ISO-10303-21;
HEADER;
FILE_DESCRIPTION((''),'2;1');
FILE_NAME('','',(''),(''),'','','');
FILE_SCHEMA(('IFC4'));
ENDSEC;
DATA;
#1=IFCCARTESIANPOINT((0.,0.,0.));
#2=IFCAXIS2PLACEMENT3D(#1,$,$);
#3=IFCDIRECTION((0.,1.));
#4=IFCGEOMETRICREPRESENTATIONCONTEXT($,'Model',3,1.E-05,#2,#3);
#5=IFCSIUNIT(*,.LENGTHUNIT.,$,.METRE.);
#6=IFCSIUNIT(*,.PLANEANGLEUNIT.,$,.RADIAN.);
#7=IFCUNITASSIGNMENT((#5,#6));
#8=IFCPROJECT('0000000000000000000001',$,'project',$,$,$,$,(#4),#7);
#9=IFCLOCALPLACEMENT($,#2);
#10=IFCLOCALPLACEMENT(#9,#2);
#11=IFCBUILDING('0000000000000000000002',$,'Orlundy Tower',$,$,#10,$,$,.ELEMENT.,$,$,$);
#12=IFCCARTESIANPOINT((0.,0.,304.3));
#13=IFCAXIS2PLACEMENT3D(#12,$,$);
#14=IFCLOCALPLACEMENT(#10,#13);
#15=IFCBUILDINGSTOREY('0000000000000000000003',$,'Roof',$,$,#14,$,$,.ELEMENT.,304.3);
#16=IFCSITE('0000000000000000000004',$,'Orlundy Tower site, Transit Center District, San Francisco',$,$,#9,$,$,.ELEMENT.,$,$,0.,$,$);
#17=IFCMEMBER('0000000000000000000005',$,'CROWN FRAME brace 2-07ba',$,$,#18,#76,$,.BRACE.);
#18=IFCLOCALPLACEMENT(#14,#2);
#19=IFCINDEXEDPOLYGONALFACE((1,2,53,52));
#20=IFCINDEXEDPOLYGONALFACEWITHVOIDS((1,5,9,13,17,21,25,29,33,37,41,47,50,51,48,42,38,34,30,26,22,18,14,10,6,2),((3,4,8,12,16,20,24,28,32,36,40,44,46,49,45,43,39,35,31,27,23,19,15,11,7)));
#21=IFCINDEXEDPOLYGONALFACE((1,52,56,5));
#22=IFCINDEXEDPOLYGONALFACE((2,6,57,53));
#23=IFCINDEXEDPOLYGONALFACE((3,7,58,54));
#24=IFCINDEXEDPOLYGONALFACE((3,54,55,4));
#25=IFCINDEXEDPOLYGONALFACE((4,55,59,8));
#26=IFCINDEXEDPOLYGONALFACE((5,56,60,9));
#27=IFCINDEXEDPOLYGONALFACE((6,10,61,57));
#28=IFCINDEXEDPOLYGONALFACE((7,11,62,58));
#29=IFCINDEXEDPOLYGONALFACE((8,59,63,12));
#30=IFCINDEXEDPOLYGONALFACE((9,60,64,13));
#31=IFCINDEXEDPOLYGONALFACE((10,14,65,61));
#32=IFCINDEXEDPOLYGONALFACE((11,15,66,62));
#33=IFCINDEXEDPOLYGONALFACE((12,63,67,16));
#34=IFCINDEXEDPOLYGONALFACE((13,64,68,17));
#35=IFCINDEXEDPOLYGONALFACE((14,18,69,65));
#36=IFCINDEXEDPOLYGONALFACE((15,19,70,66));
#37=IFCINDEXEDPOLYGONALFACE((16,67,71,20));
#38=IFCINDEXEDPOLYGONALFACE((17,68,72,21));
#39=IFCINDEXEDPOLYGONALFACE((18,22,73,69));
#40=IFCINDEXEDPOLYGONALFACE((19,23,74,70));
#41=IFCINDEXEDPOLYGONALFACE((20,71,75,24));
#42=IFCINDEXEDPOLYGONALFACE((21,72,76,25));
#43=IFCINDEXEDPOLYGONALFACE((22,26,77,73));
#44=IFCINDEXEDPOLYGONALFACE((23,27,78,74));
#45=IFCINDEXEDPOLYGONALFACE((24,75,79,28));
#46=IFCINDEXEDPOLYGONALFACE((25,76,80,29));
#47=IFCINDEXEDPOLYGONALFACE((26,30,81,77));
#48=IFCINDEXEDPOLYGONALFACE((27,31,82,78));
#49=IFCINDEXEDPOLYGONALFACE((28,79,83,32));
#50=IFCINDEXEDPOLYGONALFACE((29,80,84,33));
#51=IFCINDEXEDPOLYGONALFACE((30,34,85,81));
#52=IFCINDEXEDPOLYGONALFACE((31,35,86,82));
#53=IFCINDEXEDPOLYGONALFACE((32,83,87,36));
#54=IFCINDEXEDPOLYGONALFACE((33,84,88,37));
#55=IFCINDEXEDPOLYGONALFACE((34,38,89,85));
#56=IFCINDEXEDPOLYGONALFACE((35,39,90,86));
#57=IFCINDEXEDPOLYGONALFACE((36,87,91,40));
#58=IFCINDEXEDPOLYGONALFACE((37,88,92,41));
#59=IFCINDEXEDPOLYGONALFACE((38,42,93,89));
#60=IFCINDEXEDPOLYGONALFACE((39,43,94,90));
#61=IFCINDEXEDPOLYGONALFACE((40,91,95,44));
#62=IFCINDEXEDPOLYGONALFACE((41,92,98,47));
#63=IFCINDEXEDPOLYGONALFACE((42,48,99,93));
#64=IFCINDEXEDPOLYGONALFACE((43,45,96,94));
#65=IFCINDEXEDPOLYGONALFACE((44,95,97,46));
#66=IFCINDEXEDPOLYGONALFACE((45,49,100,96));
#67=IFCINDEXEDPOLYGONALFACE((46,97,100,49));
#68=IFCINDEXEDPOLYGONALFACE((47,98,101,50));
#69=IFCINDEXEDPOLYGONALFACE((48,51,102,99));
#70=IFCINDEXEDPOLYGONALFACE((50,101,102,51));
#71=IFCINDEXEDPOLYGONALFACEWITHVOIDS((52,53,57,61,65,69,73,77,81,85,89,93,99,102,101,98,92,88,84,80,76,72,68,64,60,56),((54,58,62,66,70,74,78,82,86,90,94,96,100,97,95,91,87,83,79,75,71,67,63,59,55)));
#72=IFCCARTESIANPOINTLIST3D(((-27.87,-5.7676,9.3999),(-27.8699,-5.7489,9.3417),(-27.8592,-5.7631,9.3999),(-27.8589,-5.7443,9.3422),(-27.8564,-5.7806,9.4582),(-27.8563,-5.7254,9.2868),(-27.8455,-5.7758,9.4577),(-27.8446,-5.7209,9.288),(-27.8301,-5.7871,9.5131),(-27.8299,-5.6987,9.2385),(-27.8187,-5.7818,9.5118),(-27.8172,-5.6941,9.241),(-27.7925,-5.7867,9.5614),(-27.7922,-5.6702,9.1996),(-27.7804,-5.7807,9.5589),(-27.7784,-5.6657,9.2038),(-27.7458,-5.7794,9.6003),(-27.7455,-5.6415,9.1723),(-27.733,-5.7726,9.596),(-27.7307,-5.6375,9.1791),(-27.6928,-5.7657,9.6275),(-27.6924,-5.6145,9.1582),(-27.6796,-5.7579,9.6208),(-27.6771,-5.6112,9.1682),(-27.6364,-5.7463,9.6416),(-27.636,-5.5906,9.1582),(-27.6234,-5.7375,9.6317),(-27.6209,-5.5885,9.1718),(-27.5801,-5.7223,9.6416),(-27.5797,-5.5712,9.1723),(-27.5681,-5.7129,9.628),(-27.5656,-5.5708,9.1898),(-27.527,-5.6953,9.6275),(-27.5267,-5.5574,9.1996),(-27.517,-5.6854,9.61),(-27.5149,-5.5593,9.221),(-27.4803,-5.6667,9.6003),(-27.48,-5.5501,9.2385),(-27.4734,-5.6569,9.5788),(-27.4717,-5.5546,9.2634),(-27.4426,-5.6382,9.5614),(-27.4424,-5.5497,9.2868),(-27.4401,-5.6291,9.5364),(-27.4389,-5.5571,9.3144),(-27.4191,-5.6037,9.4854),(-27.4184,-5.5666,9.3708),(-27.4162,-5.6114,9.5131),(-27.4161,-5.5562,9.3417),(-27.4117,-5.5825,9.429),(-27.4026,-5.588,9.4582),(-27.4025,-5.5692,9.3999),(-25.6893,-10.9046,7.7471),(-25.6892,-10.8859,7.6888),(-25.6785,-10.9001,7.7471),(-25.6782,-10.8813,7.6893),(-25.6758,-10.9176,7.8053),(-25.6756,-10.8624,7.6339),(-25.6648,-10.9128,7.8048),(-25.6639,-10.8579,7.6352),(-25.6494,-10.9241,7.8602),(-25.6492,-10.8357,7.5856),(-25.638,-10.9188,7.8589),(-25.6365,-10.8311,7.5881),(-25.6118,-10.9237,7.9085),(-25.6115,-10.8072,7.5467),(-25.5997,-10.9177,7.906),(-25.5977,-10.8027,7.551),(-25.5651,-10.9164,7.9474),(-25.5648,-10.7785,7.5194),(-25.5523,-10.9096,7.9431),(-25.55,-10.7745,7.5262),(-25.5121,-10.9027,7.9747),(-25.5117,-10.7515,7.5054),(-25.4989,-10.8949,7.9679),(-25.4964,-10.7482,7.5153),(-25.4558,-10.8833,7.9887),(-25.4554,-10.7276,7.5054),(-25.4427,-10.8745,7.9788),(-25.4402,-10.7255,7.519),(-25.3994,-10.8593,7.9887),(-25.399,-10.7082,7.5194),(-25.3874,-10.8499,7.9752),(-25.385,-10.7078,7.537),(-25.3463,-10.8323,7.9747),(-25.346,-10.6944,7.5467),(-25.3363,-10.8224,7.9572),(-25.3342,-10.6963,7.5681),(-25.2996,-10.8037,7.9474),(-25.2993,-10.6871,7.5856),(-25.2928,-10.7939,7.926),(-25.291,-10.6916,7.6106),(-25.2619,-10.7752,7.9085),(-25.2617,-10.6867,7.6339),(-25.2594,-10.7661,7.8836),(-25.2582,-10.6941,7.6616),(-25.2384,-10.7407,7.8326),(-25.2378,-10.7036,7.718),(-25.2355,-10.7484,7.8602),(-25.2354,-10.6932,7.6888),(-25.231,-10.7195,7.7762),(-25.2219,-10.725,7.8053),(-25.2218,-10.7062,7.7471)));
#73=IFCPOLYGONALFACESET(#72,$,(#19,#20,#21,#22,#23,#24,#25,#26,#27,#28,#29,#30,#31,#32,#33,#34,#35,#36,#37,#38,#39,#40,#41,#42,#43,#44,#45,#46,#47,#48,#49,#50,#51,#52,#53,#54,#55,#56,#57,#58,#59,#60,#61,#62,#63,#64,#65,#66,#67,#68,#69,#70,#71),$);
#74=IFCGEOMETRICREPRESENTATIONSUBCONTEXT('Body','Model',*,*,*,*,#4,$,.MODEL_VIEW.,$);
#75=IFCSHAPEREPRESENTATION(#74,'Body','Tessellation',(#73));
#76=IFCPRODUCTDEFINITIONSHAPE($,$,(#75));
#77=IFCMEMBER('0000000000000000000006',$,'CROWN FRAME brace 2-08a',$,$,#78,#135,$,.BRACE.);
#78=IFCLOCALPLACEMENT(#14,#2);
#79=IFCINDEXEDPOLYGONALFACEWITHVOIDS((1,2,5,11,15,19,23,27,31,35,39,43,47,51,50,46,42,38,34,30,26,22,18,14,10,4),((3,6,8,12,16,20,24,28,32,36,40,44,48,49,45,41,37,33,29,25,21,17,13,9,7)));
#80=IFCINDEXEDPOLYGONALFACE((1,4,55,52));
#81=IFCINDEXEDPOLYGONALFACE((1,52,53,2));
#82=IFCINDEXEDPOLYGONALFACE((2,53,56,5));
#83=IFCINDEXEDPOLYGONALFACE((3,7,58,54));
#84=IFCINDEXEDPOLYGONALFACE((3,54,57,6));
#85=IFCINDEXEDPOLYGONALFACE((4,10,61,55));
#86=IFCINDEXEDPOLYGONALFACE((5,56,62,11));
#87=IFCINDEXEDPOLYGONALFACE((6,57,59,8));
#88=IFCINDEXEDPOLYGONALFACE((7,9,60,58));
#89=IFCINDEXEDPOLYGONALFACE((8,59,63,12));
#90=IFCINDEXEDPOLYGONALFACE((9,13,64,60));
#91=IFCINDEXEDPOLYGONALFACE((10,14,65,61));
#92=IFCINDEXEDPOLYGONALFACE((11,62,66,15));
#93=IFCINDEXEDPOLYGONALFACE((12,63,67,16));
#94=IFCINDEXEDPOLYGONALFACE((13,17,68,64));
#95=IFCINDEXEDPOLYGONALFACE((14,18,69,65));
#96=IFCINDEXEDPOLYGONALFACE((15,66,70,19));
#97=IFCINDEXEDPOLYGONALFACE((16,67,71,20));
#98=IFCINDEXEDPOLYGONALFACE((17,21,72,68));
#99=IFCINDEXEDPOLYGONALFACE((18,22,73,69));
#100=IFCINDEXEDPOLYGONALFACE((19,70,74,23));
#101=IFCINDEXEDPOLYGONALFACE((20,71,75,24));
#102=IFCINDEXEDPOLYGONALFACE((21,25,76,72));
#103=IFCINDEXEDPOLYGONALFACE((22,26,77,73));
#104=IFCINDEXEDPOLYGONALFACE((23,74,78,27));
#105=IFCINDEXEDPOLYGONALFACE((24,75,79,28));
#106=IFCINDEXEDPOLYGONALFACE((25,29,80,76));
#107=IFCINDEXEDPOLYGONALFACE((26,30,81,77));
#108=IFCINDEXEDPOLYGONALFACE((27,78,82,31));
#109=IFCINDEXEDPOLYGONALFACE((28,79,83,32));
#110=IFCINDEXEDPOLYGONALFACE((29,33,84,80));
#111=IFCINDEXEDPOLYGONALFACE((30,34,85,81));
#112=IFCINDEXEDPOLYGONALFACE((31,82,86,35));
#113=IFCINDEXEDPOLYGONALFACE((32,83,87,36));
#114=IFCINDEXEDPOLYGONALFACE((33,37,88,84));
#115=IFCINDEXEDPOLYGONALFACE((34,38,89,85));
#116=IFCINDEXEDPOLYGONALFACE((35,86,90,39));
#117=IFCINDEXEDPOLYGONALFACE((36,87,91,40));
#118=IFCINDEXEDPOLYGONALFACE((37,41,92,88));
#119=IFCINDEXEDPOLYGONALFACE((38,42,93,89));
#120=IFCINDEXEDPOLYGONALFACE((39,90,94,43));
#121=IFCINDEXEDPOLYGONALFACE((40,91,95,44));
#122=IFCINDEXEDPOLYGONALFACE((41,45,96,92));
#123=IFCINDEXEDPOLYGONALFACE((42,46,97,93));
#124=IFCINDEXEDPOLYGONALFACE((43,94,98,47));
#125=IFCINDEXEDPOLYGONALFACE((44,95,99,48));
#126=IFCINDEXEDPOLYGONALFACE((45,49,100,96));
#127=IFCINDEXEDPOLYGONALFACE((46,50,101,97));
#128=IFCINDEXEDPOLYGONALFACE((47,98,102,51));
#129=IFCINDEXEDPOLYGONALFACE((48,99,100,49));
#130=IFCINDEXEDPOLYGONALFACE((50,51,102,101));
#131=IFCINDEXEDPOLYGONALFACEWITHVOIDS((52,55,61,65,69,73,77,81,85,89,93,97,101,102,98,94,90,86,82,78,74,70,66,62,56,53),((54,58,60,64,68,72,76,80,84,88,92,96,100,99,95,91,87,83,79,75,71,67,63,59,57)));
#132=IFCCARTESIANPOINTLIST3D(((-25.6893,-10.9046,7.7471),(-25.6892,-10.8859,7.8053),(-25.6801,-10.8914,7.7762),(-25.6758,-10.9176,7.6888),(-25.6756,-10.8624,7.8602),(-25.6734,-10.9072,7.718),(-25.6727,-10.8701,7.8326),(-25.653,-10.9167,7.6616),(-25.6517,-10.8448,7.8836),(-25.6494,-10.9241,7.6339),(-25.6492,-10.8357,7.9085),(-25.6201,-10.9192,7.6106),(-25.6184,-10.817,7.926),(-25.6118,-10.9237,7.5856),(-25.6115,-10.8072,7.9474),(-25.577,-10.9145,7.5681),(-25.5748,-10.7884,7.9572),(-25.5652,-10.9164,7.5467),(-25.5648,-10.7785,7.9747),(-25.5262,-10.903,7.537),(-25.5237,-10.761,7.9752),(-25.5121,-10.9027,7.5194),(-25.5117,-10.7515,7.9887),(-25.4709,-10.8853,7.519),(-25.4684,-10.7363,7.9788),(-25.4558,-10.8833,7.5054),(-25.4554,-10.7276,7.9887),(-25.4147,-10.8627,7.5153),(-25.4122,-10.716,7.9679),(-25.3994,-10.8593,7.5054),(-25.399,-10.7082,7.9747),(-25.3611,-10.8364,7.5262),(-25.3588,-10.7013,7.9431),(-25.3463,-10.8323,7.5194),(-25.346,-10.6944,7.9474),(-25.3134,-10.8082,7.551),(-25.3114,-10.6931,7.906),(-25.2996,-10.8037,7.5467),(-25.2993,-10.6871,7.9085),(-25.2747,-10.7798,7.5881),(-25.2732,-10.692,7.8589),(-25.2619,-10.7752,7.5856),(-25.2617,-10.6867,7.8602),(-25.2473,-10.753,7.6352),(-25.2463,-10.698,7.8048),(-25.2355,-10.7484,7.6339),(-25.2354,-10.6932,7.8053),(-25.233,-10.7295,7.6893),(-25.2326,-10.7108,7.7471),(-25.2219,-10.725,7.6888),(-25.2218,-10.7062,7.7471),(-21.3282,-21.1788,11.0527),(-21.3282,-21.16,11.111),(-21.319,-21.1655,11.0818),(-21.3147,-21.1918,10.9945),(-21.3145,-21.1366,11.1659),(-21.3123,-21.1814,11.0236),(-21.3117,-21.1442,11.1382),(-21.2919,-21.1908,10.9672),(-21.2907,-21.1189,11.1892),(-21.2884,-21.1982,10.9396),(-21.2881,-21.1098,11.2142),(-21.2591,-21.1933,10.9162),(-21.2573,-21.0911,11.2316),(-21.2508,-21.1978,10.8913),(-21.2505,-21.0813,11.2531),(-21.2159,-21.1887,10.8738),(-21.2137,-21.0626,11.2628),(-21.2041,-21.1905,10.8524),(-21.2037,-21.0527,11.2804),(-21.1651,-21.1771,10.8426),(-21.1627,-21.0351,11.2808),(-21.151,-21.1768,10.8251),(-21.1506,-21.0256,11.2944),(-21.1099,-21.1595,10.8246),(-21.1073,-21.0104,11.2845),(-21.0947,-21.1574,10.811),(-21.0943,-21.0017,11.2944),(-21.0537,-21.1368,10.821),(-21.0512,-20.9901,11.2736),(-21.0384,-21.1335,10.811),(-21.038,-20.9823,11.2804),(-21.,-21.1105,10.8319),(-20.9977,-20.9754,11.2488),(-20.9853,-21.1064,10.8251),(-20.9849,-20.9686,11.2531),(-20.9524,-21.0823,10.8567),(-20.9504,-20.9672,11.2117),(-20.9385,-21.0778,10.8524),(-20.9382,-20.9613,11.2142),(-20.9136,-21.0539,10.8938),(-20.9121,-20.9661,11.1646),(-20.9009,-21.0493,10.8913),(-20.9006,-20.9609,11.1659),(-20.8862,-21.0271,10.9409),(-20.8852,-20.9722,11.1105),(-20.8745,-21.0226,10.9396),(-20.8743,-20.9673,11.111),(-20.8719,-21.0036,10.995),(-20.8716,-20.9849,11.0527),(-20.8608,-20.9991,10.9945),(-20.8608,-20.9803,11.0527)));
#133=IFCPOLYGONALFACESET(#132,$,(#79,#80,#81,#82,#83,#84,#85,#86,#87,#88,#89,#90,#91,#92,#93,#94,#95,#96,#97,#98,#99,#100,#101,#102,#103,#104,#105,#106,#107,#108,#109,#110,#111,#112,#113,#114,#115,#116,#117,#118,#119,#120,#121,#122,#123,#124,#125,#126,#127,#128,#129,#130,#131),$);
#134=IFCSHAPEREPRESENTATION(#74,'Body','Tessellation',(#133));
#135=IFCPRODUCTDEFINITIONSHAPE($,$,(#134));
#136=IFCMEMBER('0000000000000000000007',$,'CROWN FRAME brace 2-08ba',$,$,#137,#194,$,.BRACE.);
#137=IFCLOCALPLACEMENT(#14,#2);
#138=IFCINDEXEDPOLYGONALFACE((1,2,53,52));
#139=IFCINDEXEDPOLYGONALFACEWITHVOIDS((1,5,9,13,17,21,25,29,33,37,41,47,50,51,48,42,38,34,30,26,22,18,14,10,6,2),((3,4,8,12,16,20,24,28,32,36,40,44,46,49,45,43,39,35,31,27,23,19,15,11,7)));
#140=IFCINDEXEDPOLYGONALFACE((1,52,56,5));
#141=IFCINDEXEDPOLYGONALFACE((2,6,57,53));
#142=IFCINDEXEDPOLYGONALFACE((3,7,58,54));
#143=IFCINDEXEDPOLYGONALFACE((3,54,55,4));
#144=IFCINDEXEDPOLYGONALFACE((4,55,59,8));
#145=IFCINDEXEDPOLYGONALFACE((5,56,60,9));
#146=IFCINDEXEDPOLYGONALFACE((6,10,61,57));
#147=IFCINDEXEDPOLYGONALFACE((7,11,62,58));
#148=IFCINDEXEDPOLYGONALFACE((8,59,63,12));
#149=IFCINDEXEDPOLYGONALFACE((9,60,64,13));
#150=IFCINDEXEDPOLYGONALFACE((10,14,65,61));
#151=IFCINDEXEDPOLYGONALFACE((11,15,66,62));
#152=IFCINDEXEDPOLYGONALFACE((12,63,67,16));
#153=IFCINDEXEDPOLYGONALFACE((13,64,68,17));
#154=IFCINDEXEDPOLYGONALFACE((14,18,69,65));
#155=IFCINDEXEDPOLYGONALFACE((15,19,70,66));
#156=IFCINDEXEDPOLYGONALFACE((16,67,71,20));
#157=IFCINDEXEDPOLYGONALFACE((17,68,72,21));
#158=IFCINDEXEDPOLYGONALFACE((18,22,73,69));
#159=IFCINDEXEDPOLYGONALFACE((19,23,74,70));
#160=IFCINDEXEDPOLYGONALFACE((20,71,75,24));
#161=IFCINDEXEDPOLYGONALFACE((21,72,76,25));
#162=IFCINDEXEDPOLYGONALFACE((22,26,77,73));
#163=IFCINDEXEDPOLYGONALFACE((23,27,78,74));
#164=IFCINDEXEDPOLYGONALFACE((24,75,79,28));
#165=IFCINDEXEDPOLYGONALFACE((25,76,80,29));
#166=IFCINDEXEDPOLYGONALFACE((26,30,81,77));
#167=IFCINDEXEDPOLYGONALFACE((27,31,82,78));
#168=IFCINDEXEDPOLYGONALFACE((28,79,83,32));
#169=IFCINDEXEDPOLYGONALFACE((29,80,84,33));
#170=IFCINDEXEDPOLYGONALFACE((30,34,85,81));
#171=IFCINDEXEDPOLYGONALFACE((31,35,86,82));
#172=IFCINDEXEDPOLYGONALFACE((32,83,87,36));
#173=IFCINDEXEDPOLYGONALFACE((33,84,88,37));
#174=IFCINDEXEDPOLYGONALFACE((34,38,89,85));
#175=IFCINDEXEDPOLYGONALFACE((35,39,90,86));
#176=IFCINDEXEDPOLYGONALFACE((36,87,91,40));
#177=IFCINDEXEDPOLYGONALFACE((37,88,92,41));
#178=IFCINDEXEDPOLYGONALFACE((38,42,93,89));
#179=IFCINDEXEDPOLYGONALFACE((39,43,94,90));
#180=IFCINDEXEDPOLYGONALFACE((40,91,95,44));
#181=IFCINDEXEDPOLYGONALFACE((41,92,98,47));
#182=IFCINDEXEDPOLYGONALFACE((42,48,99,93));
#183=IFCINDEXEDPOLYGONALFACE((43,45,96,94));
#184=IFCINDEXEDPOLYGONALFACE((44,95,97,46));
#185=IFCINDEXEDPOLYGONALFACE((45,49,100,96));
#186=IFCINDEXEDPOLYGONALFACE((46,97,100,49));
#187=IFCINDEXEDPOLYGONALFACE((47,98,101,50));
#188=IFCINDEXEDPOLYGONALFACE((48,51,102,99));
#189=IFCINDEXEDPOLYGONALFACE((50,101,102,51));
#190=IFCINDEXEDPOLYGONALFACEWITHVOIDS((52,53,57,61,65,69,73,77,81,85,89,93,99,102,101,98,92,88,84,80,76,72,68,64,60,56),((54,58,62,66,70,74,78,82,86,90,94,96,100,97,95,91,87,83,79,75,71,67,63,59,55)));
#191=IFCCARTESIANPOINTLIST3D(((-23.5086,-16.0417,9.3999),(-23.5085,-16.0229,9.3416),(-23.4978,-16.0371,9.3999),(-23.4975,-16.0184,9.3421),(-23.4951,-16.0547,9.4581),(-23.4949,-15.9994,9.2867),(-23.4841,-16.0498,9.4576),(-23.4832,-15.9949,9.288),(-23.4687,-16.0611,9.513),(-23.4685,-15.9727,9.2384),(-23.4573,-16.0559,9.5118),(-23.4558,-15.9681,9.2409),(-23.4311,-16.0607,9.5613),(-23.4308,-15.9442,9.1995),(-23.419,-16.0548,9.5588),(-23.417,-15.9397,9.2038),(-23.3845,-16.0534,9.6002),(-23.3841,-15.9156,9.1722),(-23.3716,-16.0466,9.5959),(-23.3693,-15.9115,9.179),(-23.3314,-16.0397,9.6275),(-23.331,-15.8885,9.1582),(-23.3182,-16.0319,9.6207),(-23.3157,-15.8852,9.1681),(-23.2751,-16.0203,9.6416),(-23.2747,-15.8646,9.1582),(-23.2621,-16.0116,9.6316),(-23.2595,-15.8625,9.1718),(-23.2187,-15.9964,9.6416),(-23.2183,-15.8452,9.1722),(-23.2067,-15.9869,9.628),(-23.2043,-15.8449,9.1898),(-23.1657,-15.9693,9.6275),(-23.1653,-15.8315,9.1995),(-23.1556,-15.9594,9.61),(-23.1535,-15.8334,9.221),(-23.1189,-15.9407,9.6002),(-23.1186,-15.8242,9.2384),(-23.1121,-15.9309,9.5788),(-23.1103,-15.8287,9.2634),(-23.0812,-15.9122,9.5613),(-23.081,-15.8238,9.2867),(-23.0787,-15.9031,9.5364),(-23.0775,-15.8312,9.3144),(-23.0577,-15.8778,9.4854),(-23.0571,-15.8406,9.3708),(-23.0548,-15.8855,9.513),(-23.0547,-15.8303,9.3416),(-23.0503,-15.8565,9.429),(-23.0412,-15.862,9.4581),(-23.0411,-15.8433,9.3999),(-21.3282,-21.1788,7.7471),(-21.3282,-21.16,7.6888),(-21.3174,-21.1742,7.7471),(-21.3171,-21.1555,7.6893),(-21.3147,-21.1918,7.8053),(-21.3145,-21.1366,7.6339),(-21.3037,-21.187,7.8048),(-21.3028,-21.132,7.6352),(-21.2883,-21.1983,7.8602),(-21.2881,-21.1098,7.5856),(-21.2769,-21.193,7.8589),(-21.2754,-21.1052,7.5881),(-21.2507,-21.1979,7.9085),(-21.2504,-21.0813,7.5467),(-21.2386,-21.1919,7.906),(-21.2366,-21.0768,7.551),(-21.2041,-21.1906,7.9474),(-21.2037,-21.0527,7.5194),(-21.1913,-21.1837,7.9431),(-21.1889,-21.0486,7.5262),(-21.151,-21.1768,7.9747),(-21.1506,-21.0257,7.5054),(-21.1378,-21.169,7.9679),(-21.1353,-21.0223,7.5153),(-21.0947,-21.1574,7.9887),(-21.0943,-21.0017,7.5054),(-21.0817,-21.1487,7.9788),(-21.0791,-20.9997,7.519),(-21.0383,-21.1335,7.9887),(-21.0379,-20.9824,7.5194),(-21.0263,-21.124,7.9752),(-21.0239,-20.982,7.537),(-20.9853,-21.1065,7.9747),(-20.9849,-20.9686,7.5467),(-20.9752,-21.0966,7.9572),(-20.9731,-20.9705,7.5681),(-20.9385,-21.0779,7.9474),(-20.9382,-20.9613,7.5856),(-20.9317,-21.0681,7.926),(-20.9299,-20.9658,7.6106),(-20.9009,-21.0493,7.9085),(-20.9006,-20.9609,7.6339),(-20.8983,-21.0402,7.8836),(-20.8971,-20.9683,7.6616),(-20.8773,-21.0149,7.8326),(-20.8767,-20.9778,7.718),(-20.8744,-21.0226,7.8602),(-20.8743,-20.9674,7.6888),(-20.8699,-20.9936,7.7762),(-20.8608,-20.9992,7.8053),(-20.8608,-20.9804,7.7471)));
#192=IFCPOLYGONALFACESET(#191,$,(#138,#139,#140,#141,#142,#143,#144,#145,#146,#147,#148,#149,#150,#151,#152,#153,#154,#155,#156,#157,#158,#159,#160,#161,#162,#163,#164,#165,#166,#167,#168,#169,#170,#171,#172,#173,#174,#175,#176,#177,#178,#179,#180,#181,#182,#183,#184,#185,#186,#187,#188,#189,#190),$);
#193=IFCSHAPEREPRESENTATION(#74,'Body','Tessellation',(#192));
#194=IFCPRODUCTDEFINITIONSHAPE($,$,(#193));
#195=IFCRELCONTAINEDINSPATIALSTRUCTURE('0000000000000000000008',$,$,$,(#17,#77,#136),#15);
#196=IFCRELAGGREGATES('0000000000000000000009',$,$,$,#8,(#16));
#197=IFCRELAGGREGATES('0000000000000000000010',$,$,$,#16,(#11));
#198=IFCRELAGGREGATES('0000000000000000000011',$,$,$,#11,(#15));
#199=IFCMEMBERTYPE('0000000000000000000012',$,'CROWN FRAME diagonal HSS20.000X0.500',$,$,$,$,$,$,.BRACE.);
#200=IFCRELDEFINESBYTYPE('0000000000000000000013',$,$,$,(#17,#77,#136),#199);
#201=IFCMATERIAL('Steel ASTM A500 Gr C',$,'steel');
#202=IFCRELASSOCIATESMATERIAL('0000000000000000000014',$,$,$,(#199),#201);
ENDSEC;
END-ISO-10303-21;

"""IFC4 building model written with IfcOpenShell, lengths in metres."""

from ifc_helpers import new_model, si_unit, direction, frame, origin, origin_2d, place, context, subcontext, project, spatial, hollow_circle, extrude, material, material_profile, profile_set, type_object, element, save


model = new_model("IFC4")

# Units and contexts
model_context = context("Model", 3, precision=1e-05, world=origin(), true_north=direction((0.0, 1.0)))
body_context = subcontext(model_context, "Body", "Model", "MODEL_VIEW")
ifc_project = project(units=[si_unit("LENGTHUNIT", "METRE"), si_unit("PLANEANGLEUNIT", "RADIAN")], contexts=[model_context])

# Site, building, storey
site_placement = place(None, origin())
site = spatial("IfcSite", under=ifc_project, at=site_placement, Name="Orlundy Tower site, Transit Center District, San Francisco", CompositionType="ELEMENT", RefElevation=0.0)
building_placement = place(site_placement, origin())
building = spatial("IfcBuilding", under=site, at=building_placement, Name="Orlundy Tower", CompositionType="ELEMENT")
storey_placement = place(building_placement, frame((0.0, 0.0, 304.3)))
storey = spatial("IfcBuildingStorey", under=building, at=storey_placement, Name="Roof", CompositionType="ELEMENT", Elevation=304.3)

# Members
ifc_material_1 = material(Name="Steel ASTM A500 Gr C", Category="steel")
ifc_material_profile_1 = material_profile(ifc_material_1, hollow_circle(Radius=0.2539, WallThickness=0.0117, at=origin_2d()), Name="HSS20.000X0.500")
ifc_profile_set_1 = profile_set([ifc_material_profile_1], Name="Steel ASTM A500 Gr C")
member_type_1 = type_object("IfcMemberType", Name="CROWN FRAME diagonal HSS20.000X0.500", PredefinedType="BRACE", material=ifc_profile_set_1)
member_1_placement = place(storey_placement, frame((-25.4556, -10.8054, 7.7471), z_axis=(-0.374667, 0.882599, 0.283979), x_axis=(-0.920495, -0.390754, 0.0)))
element("IfcMember", 1, at=member_1_placement, inside=storey, type_object=member_type_1, Name="CROWN FRAME brace 2-07ba", PredefinedType="BRACE", context=body_context, shape_type="SweptSolid", body=[
    extrude(hollow_circle(Radius=0.2539, WallThickness=0.0117, at=origin_2d()), origin(), (0.0, 0.0, 1.0), 5.8203),
])
member_2_placement = place(storey_placement, frame((-25.4556, -10.8054, 7.7471), z_axis=(0.374642, -0.88261, 0.283976), x_axis=(0.920506, 0.390728, 0.0)))
element("IfcMember", 2, at=member_2_placement, inside=storey, type_object=member_type_1, Name="CROWN FRAME brace 2-08a", PredefinedType="BRACE", context=body_context, shape_type="SweptSolid", body=[
    extrude(hollow_circle(Radius=0.2539, WallThickness=0.0117, at=origin_2d()), origin(), (0.0, 0.0, 1.0), 11.6406),
])
for number, where, z_axis, x_axis, name in (
    (3, (-21.0945, -21.0796, 7.7471), (-0.374617, 0.882622, 0.283973), (-0.920517, -0.390702, 0.0), "CROWN FRAME brace 2-08ba"),
):
    element("IfcMember", number, at=place(storey_placement, frame(where, z_axis=z_axis, x_axis=x_axis)), inside=storey, type_object=member_type_1, Name=name, PredefinedType="BRACE", context=body_context, shape_type="SweptSolid", body=[
        extrude(hollow_circle(Radius=0.2539, WallThickness=0.0117, at=origin_2d()), origin(), (0.0, 0.0, 1.0), 5.8203),
    ])

save(model, "model.ifc")
